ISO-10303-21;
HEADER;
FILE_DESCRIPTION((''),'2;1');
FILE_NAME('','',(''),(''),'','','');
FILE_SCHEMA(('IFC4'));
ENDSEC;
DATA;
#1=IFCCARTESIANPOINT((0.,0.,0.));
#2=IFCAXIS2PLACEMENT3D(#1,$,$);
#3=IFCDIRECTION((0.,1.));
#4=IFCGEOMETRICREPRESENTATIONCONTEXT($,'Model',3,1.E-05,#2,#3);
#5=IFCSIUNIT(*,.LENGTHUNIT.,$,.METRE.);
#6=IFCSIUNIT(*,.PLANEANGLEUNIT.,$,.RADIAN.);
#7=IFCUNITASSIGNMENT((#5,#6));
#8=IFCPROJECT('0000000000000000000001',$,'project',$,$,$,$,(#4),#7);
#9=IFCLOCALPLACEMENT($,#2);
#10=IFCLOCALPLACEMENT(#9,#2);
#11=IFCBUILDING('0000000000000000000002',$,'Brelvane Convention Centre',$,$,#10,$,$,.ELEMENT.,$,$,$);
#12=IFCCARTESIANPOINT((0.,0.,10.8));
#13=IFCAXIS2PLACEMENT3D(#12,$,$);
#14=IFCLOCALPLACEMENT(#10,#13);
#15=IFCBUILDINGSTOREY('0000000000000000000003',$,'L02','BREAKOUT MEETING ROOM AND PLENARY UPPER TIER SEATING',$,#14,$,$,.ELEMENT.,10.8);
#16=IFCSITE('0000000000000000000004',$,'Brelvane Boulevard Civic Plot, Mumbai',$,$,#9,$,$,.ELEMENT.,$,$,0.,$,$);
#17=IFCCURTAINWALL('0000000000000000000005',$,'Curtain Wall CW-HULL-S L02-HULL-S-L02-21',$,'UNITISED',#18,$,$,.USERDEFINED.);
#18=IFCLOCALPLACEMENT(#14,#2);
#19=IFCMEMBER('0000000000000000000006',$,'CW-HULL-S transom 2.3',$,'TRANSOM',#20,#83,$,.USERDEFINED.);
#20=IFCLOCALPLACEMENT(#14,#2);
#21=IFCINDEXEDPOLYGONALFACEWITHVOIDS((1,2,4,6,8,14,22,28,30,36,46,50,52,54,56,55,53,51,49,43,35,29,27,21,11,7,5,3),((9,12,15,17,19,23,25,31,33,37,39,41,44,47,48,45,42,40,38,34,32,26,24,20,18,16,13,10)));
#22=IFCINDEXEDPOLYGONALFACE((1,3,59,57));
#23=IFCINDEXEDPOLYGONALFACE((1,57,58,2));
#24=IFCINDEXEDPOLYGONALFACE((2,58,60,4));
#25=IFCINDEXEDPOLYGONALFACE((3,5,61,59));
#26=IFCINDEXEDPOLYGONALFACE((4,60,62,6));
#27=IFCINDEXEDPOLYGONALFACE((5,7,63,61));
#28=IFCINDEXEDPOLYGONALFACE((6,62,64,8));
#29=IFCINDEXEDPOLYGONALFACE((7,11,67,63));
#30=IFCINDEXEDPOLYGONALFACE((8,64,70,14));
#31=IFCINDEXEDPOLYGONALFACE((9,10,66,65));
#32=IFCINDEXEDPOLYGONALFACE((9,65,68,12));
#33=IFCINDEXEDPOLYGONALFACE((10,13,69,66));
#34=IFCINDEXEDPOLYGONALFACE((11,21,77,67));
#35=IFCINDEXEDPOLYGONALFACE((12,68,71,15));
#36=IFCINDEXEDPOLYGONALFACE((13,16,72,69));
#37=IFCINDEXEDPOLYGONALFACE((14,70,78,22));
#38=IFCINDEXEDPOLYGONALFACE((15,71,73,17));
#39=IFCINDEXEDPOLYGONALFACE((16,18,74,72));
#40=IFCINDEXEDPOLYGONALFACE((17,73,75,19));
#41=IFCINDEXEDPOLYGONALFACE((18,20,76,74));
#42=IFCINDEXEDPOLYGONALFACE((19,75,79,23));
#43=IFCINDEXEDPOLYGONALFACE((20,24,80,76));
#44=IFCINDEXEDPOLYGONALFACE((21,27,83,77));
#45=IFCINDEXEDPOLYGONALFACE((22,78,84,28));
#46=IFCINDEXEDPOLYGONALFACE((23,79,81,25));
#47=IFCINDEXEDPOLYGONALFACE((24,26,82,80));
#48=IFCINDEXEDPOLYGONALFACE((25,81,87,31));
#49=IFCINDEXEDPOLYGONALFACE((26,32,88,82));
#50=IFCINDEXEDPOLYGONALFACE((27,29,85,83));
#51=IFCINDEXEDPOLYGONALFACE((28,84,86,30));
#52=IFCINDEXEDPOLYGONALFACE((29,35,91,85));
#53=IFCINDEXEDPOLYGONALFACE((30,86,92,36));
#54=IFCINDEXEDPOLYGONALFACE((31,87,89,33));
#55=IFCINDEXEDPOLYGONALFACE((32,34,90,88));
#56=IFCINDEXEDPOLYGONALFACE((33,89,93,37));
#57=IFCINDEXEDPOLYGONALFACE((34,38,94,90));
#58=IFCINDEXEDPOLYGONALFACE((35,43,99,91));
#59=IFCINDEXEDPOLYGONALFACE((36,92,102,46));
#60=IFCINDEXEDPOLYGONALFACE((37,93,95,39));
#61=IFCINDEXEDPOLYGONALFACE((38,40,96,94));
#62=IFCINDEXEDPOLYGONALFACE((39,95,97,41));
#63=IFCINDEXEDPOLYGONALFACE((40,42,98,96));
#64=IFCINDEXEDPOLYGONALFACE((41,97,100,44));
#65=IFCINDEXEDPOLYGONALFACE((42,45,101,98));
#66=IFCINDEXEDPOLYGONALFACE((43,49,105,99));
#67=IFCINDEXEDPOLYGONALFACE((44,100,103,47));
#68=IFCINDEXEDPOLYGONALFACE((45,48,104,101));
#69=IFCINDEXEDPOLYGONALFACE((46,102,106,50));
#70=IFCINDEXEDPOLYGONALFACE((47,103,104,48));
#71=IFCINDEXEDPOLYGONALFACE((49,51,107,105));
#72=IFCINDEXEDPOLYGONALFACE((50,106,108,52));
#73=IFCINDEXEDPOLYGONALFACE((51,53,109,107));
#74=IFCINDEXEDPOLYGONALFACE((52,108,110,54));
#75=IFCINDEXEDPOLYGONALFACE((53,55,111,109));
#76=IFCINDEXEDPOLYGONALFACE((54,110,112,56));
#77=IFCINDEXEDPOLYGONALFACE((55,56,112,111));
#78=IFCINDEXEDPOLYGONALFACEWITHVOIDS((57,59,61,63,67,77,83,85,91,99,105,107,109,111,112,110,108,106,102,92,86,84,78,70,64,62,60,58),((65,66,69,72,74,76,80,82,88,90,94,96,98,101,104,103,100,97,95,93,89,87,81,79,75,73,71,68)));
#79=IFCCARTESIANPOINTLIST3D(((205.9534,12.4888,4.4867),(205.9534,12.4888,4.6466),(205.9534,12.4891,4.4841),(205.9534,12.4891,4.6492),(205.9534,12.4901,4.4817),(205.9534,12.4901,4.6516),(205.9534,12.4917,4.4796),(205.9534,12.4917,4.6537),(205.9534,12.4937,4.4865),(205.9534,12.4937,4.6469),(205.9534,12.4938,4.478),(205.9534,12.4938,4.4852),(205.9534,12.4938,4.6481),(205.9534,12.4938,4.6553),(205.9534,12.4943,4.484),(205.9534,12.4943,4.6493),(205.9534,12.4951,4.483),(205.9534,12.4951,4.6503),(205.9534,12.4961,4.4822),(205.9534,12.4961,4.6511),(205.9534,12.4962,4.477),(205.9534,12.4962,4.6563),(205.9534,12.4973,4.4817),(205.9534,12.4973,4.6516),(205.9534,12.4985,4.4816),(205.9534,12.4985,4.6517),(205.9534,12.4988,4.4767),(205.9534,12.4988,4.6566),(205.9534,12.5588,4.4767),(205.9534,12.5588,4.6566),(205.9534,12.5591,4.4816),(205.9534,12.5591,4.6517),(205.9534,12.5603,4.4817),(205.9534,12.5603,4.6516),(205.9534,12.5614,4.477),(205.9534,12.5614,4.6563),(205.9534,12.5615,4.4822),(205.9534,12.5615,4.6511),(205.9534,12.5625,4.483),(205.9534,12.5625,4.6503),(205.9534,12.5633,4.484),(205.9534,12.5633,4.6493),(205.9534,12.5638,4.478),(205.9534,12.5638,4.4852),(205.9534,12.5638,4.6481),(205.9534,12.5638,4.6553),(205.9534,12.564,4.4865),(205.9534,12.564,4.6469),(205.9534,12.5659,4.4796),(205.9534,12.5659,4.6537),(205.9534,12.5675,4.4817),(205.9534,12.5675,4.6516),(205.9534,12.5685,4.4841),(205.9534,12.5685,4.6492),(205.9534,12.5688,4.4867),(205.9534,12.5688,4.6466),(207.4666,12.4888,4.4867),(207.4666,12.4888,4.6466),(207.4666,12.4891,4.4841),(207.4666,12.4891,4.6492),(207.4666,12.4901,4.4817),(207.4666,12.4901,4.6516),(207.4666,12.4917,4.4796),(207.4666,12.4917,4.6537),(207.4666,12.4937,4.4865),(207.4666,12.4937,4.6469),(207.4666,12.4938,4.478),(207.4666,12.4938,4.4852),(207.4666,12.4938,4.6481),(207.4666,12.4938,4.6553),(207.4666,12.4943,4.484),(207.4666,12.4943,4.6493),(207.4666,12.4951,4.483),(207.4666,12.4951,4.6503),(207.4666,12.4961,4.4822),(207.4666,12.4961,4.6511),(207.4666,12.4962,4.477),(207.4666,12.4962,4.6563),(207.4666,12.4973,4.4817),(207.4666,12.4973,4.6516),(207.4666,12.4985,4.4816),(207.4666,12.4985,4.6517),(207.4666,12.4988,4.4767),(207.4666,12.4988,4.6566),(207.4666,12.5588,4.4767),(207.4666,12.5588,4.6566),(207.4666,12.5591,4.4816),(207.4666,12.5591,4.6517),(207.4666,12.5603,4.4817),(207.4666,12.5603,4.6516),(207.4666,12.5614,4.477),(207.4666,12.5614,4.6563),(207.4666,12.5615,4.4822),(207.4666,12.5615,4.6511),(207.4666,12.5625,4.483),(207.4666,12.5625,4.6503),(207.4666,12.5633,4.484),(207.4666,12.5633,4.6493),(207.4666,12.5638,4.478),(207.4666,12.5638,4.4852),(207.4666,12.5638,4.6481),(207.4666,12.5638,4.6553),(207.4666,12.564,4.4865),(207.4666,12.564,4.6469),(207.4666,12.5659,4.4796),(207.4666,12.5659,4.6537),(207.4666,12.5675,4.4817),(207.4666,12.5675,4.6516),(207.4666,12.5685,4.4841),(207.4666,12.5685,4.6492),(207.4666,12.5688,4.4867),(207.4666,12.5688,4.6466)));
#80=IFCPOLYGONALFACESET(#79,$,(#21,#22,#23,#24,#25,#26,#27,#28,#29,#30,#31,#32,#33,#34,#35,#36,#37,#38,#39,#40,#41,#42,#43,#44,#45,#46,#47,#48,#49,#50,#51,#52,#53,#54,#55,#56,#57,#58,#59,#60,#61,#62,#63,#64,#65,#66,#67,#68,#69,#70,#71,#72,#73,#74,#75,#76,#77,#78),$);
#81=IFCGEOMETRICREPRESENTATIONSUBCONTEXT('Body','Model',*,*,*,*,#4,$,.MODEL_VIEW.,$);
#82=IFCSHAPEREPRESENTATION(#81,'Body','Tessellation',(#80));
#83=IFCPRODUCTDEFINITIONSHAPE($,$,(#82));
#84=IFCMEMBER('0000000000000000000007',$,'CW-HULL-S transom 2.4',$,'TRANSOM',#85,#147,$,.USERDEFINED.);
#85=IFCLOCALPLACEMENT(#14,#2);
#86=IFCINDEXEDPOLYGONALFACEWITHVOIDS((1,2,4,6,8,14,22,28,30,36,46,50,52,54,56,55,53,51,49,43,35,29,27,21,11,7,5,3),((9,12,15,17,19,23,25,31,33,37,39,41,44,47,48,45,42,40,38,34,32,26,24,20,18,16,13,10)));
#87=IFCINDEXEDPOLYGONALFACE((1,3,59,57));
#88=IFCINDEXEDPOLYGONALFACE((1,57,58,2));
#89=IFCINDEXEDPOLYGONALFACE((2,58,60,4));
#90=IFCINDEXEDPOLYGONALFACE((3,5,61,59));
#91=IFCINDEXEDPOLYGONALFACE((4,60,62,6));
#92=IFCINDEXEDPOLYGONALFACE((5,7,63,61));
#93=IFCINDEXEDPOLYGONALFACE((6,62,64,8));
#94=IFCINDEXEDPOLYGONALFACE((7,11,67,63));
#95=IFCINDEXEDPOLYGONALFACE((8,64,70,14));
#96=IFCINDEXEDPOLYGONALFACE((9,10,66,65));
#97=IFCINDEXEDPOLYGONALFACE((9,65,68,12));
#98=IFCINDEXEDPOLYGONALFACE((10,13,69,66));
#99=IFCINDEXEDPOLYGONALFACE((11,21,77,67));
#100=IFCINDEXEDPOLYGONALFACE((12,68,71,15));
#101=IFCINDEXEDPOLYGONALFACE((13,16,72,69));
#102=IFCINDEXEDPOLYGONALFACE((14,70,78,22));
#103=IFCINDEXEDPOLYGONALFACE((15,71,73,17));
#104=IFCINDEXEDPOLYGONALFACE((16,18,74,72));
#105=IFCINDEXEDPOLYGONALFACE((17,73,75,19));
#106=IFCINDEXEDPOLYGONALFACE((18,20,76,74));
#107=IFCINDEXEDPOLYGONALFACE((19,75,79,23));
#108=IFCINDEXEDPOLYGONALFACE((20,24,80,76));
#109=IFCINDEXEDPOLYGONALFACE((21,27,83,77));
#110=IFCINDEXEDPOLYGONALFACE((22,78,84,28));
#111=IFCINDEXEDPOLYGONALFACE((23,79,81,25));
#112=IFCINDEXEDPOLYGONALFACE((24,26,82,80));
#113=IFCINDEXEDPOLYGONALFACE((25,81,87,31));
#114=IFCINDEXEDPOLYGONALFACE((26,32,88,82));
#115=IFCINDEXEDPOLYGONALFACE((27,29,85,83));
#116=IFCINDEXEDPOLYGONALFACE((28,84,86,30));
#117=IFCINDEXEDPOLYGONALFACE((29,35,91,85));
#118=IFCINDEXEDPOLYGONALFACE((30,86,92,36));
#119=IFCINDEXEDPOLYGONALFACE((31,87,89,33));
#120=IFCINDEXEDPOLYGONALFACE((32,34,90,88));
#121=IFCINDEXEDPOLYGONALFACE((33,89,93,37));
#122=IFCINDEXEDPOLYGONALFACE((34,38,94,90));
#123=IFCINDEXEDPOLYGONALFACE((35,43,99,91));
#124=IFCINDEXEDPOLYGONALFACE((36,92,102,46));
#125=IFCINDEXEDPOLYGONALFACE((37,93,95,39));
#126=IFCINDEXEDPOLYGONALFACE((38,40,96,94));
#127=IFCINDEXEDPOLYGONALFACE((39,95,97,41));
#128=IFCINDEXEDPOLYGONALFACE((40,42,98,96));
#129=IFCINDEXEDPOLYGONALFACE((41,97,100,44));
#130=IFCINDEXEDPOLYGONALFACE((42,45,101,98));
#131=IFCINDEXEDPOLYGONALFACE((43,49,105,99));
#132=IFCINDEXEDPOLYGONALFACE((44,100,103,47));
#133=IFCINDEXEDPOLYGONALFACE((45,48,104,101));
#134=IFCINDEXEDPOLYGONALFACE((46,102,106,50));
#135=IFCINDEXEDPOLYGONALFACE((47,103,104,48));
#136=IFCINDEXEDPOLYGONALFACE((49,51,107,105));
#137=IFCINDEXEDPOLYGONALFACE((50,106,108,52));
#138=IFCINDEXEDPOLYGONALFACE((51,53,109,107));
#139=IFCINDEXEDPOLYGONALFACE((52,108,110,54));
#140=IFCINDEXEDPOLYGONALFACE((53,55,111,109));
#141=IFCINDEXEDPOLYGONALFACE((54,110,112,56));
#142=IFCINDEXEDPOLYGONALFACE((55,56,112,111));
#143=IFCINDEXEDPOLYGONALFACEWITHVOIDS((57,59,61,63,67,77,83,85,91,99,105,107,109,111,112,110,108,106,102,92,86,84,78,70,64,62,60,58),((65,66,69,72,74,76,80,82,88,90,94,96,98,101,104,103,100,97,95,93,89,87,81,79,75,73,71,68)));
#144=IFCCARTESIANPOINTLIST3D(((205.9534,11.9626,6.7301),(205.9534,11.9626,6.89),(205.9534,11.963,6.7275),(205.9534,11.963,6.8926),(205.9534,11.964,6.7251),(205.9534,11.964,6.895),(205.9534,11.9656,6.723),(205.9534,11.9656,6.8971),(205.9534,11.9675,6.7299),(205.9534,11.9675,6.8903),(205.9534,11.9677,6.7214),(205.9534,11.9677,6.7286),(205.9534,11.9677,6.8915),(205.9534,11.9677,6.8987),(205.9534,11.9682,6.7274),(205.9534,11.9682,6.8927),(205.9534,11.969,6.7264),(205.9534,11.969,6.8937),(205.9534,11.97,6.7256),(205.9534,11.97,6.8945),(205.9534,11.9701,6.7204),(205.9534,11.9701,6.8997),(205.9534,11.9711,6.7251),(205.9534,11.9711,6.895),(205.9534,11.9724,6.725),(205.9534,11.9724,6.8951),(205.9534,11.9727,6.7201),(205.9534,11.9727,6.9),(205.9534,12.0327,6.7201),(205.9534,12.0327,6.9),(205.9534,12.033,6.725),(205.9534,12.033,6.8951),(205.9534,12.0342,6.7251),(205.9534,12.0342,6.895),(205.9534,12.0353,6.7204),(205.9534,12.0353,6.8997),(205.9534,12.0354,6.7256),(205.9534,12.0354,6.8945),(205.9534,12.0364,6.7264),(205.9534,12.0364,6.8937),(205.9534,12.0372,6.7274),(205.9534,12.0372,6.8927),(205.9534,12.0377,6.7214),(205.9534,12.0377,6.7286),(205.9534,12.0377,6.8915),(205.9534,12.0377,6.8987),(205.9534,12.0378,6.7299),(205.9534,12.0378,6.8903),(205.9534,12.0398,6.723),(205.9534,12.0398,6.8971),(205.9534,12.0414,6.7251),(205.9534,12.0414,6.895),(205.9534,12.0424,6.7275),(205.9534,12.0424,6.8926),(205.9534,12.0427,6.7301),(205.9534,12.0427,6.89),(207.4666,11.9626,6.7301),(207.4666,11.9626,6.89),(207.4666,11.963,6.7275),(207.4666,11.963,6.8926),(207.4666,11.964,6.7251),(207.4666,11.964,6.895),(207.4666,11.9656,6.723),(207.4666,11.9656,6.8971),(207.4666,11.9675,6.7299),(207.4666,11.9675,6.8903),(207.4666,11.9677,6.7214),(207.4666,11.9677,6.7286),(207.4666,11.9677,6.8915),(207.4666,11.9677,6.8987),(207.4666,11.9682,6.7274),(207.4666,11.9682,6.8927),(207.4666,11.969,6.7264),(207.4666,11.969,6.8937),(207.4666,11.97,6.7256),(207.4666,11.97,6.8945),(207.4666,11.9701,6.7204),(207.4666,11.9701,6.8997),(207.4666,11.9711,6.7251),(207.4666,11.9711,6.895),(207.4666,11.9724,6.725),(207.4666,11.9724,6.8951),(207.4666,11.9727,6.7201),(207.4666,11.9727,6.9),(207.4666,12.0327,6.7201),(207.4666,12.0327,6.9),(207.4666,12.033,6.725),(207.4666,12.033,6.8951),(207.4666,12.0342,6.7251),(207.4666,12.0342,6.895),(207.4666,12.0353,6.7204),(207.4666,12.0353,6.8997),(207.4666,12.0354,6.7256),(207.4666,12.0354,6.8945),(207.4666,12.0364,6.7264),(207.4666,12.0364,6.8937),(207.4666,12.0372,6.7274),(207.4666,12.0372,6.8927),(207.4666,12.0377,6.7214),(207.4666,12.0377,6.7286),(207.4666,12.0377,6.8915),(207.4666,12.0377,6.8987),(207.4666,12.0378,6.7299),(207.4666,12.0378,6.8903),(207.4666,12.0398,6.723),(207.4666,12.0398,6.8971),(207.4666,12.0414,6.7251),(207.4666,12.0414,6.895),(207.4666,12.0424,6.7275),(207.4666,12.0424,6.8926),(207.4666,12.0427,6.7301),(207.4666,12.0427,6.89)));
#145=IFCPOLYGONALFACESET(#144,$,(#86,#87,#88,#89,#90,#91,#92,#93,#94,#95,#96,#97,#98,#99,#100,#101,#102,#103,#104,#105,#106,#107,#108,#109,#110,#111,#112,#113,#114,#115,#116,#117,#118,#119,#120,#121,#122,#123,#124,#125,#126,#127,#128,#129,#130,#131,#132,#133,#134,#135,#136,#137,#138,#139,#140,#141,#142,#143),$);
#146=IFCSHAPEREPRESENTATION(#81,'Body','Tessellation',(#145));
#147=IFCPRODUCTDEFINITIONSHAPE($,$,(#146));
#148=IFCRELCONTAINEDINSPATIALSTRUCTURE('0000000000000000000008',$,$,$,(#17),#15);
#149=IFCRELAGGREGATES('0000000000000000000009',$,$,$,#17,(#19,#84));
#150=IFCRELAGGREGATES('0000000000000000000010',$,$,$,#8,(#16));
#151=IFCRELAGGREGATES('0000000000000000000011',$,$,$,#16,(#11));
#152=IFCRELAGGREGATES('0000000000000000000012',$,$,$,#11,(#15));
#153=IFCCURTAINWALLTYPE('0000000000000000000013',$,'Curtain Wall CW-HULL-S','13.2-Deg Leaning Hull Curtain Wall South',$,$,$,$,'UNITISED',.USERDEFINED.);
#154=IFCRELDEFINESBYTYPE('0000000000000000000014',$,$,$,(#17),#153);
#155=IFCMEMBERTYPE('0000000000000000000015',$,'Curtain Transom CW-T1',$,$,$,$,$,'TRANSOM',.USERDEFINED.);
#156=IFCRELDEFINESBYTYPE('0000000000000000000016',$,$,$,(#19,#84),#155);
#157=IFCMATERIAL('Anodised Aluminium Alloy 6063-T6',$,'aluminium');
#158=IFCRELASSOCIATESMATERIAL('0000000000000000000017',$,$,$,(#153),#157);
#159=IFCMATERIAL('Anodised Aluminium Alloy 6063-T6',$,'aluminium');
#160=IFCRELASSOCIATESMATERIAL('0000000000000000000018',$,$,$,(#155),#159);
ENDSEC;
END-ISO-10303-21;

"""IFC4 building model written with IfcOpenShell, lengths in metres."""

from ifc_helpers import new_model, si_unit, direction, frame, origin, origin_2d, place, context, subcontext, project, spatial, hollow_rectangle, extrude, material, material_profile, profile_set, type_object, element, aggregate, save


model = new_model("IFC4")

# Units and contexts
model_context = context("Model", 3, precision=1e-05, world=origin(), true_north=direction((0.0, 1.0)))
body_context = subcontext(model_context, "Body", "Model", "MODEL_VIEW")
ifc_project = project(units=[si_unit("LENGTHUNIT", "METRE"), si_unit("PLANEANGLEUNIT", "RADIAN")], contexts=[model_context])

# Site, building, storey
site_placement = place(None, origin())
site = spatial("IfcSite", under=ifc_project, at=site_placement, Name="Brelvane Boulevard Civic Plot, Mumbai", CompositionType="ELEMENT", RefElevation=0.0)
building_placement = place(site_placement, origin())
building = spatial("IfcBuilding", under=site, at=building_placement, Name="Brelvane Convention Centre", CompositionType="ELEMENT")
storey_placement = place(building_placement, frame((0.0, 0.0, 10.8)))
storey = spatial("IfcBuildingStorey", under=building, at=storey_placement, Name="L02", Description="BREAKOUT MEETING ROOM AND PLENARY UPPER TIER SEATING", CompositionType="ELEMENT", Elevation=10.8)

# Curtain wall, members
ifc_material_1 = material(Name="Anodised Aluminium Alloy 6063-T6", Category="aluminium")
curtain_wall_type = type_object("IfcCurtainWallType", Name="Curtain Wall CW-HULL-S", Description="13.2-Deg Leaning Hull Curtain Wall South", ElementType="UNITISED", PredefinedType="USERDEFINED", material=ifc_material_1)
ifc_material_2 = material(Name="Anodised Aluminium Alloy 6063-T6", Category="aluminium")
ifc_material_profile = material_profile(ifc_material_2, hollow_rectangle(XDim=0.0801, YDim=0.1799, WallThickness=0.0049, InnerFilletRadius=0.0049, OuterFilletRadius=0.01, at=origin_2d()), Name="ALU-T 180x80x5.0")
ifc_profile_set = profile_set([ifc_material_profile], Name="Anodised Aluminium Alloy 6063-T6")
member_type = type_object("IfcMemberType", Name="Curtain Transom CW-T1", ElementType="TRANSOM", PredefinedType="USERDEFINED", material=ifc_profile_set)
curtain_wall_1_placement = place(storey_placement, origin())
curtain_wall_1 = element("IfcCurtainWall", 1, at=curtain_wall_1_placement, inside=storey, type_object=curtain_wall_type, Name="Curtain Wall CW-HULL-S L02-HULL-S-L02-21", ObjectType="UNITISED", PredefinedType="USERDEFINED")
member_1_placement = place(storey_placement, frame((205.9534, 12.5288, 4.5667), z_axis=(1.0, 0.0, 0.0), x_axis=(0.0, 1.0, 0.0)))
member_1 = element("IfcMember", 2, at=member_1_placement, type_object=member_type, Name="CW-HULL-S transom 2.3", ObjectType="TRANSOM", PredefinedType="USERDEFINED", context=body_context, shape_type="SweptSolid", body=[
    extrude(hollow_rectangle(XDim=0.0801, YDim=0.1799, WallThickness=0.0049, InnerFilletRadius=0.0049, OuterFilletRadius=0.01, at=origin_2d()), origin(), (0.0, 0.0, 1.0), 1.5132),
])
member_2_placement = place(storey_placement, frame((205.9534, 12.0027, 6.8101), z_axis=(1.0, 0.0, 0.0), x_axis=(0.0, 1.0, 0.0)))
member_2 = element("IfcMember", 3, at=member_2_placement, type_object=member_type, Name="CW-HULL-S transom 2.4", ObjectType="TRANSOM", PredefinedType="USERDEFINED", context=body_context, shape_type="SweptSolid", body=[
    extrude(hollow_rectangle(XDim=0.0801, YDim=0.1799, WallThickness=0.0049, InnerFilletRadius=0.0049, OuterFilletRadius=0.01, at=origin_2d()), origin(), (0.0, 0.0, 1.0), 1.5132),
])

aggregate(curtain_wall_1, [member_1, member_2])

save(model, "model.ifc")
